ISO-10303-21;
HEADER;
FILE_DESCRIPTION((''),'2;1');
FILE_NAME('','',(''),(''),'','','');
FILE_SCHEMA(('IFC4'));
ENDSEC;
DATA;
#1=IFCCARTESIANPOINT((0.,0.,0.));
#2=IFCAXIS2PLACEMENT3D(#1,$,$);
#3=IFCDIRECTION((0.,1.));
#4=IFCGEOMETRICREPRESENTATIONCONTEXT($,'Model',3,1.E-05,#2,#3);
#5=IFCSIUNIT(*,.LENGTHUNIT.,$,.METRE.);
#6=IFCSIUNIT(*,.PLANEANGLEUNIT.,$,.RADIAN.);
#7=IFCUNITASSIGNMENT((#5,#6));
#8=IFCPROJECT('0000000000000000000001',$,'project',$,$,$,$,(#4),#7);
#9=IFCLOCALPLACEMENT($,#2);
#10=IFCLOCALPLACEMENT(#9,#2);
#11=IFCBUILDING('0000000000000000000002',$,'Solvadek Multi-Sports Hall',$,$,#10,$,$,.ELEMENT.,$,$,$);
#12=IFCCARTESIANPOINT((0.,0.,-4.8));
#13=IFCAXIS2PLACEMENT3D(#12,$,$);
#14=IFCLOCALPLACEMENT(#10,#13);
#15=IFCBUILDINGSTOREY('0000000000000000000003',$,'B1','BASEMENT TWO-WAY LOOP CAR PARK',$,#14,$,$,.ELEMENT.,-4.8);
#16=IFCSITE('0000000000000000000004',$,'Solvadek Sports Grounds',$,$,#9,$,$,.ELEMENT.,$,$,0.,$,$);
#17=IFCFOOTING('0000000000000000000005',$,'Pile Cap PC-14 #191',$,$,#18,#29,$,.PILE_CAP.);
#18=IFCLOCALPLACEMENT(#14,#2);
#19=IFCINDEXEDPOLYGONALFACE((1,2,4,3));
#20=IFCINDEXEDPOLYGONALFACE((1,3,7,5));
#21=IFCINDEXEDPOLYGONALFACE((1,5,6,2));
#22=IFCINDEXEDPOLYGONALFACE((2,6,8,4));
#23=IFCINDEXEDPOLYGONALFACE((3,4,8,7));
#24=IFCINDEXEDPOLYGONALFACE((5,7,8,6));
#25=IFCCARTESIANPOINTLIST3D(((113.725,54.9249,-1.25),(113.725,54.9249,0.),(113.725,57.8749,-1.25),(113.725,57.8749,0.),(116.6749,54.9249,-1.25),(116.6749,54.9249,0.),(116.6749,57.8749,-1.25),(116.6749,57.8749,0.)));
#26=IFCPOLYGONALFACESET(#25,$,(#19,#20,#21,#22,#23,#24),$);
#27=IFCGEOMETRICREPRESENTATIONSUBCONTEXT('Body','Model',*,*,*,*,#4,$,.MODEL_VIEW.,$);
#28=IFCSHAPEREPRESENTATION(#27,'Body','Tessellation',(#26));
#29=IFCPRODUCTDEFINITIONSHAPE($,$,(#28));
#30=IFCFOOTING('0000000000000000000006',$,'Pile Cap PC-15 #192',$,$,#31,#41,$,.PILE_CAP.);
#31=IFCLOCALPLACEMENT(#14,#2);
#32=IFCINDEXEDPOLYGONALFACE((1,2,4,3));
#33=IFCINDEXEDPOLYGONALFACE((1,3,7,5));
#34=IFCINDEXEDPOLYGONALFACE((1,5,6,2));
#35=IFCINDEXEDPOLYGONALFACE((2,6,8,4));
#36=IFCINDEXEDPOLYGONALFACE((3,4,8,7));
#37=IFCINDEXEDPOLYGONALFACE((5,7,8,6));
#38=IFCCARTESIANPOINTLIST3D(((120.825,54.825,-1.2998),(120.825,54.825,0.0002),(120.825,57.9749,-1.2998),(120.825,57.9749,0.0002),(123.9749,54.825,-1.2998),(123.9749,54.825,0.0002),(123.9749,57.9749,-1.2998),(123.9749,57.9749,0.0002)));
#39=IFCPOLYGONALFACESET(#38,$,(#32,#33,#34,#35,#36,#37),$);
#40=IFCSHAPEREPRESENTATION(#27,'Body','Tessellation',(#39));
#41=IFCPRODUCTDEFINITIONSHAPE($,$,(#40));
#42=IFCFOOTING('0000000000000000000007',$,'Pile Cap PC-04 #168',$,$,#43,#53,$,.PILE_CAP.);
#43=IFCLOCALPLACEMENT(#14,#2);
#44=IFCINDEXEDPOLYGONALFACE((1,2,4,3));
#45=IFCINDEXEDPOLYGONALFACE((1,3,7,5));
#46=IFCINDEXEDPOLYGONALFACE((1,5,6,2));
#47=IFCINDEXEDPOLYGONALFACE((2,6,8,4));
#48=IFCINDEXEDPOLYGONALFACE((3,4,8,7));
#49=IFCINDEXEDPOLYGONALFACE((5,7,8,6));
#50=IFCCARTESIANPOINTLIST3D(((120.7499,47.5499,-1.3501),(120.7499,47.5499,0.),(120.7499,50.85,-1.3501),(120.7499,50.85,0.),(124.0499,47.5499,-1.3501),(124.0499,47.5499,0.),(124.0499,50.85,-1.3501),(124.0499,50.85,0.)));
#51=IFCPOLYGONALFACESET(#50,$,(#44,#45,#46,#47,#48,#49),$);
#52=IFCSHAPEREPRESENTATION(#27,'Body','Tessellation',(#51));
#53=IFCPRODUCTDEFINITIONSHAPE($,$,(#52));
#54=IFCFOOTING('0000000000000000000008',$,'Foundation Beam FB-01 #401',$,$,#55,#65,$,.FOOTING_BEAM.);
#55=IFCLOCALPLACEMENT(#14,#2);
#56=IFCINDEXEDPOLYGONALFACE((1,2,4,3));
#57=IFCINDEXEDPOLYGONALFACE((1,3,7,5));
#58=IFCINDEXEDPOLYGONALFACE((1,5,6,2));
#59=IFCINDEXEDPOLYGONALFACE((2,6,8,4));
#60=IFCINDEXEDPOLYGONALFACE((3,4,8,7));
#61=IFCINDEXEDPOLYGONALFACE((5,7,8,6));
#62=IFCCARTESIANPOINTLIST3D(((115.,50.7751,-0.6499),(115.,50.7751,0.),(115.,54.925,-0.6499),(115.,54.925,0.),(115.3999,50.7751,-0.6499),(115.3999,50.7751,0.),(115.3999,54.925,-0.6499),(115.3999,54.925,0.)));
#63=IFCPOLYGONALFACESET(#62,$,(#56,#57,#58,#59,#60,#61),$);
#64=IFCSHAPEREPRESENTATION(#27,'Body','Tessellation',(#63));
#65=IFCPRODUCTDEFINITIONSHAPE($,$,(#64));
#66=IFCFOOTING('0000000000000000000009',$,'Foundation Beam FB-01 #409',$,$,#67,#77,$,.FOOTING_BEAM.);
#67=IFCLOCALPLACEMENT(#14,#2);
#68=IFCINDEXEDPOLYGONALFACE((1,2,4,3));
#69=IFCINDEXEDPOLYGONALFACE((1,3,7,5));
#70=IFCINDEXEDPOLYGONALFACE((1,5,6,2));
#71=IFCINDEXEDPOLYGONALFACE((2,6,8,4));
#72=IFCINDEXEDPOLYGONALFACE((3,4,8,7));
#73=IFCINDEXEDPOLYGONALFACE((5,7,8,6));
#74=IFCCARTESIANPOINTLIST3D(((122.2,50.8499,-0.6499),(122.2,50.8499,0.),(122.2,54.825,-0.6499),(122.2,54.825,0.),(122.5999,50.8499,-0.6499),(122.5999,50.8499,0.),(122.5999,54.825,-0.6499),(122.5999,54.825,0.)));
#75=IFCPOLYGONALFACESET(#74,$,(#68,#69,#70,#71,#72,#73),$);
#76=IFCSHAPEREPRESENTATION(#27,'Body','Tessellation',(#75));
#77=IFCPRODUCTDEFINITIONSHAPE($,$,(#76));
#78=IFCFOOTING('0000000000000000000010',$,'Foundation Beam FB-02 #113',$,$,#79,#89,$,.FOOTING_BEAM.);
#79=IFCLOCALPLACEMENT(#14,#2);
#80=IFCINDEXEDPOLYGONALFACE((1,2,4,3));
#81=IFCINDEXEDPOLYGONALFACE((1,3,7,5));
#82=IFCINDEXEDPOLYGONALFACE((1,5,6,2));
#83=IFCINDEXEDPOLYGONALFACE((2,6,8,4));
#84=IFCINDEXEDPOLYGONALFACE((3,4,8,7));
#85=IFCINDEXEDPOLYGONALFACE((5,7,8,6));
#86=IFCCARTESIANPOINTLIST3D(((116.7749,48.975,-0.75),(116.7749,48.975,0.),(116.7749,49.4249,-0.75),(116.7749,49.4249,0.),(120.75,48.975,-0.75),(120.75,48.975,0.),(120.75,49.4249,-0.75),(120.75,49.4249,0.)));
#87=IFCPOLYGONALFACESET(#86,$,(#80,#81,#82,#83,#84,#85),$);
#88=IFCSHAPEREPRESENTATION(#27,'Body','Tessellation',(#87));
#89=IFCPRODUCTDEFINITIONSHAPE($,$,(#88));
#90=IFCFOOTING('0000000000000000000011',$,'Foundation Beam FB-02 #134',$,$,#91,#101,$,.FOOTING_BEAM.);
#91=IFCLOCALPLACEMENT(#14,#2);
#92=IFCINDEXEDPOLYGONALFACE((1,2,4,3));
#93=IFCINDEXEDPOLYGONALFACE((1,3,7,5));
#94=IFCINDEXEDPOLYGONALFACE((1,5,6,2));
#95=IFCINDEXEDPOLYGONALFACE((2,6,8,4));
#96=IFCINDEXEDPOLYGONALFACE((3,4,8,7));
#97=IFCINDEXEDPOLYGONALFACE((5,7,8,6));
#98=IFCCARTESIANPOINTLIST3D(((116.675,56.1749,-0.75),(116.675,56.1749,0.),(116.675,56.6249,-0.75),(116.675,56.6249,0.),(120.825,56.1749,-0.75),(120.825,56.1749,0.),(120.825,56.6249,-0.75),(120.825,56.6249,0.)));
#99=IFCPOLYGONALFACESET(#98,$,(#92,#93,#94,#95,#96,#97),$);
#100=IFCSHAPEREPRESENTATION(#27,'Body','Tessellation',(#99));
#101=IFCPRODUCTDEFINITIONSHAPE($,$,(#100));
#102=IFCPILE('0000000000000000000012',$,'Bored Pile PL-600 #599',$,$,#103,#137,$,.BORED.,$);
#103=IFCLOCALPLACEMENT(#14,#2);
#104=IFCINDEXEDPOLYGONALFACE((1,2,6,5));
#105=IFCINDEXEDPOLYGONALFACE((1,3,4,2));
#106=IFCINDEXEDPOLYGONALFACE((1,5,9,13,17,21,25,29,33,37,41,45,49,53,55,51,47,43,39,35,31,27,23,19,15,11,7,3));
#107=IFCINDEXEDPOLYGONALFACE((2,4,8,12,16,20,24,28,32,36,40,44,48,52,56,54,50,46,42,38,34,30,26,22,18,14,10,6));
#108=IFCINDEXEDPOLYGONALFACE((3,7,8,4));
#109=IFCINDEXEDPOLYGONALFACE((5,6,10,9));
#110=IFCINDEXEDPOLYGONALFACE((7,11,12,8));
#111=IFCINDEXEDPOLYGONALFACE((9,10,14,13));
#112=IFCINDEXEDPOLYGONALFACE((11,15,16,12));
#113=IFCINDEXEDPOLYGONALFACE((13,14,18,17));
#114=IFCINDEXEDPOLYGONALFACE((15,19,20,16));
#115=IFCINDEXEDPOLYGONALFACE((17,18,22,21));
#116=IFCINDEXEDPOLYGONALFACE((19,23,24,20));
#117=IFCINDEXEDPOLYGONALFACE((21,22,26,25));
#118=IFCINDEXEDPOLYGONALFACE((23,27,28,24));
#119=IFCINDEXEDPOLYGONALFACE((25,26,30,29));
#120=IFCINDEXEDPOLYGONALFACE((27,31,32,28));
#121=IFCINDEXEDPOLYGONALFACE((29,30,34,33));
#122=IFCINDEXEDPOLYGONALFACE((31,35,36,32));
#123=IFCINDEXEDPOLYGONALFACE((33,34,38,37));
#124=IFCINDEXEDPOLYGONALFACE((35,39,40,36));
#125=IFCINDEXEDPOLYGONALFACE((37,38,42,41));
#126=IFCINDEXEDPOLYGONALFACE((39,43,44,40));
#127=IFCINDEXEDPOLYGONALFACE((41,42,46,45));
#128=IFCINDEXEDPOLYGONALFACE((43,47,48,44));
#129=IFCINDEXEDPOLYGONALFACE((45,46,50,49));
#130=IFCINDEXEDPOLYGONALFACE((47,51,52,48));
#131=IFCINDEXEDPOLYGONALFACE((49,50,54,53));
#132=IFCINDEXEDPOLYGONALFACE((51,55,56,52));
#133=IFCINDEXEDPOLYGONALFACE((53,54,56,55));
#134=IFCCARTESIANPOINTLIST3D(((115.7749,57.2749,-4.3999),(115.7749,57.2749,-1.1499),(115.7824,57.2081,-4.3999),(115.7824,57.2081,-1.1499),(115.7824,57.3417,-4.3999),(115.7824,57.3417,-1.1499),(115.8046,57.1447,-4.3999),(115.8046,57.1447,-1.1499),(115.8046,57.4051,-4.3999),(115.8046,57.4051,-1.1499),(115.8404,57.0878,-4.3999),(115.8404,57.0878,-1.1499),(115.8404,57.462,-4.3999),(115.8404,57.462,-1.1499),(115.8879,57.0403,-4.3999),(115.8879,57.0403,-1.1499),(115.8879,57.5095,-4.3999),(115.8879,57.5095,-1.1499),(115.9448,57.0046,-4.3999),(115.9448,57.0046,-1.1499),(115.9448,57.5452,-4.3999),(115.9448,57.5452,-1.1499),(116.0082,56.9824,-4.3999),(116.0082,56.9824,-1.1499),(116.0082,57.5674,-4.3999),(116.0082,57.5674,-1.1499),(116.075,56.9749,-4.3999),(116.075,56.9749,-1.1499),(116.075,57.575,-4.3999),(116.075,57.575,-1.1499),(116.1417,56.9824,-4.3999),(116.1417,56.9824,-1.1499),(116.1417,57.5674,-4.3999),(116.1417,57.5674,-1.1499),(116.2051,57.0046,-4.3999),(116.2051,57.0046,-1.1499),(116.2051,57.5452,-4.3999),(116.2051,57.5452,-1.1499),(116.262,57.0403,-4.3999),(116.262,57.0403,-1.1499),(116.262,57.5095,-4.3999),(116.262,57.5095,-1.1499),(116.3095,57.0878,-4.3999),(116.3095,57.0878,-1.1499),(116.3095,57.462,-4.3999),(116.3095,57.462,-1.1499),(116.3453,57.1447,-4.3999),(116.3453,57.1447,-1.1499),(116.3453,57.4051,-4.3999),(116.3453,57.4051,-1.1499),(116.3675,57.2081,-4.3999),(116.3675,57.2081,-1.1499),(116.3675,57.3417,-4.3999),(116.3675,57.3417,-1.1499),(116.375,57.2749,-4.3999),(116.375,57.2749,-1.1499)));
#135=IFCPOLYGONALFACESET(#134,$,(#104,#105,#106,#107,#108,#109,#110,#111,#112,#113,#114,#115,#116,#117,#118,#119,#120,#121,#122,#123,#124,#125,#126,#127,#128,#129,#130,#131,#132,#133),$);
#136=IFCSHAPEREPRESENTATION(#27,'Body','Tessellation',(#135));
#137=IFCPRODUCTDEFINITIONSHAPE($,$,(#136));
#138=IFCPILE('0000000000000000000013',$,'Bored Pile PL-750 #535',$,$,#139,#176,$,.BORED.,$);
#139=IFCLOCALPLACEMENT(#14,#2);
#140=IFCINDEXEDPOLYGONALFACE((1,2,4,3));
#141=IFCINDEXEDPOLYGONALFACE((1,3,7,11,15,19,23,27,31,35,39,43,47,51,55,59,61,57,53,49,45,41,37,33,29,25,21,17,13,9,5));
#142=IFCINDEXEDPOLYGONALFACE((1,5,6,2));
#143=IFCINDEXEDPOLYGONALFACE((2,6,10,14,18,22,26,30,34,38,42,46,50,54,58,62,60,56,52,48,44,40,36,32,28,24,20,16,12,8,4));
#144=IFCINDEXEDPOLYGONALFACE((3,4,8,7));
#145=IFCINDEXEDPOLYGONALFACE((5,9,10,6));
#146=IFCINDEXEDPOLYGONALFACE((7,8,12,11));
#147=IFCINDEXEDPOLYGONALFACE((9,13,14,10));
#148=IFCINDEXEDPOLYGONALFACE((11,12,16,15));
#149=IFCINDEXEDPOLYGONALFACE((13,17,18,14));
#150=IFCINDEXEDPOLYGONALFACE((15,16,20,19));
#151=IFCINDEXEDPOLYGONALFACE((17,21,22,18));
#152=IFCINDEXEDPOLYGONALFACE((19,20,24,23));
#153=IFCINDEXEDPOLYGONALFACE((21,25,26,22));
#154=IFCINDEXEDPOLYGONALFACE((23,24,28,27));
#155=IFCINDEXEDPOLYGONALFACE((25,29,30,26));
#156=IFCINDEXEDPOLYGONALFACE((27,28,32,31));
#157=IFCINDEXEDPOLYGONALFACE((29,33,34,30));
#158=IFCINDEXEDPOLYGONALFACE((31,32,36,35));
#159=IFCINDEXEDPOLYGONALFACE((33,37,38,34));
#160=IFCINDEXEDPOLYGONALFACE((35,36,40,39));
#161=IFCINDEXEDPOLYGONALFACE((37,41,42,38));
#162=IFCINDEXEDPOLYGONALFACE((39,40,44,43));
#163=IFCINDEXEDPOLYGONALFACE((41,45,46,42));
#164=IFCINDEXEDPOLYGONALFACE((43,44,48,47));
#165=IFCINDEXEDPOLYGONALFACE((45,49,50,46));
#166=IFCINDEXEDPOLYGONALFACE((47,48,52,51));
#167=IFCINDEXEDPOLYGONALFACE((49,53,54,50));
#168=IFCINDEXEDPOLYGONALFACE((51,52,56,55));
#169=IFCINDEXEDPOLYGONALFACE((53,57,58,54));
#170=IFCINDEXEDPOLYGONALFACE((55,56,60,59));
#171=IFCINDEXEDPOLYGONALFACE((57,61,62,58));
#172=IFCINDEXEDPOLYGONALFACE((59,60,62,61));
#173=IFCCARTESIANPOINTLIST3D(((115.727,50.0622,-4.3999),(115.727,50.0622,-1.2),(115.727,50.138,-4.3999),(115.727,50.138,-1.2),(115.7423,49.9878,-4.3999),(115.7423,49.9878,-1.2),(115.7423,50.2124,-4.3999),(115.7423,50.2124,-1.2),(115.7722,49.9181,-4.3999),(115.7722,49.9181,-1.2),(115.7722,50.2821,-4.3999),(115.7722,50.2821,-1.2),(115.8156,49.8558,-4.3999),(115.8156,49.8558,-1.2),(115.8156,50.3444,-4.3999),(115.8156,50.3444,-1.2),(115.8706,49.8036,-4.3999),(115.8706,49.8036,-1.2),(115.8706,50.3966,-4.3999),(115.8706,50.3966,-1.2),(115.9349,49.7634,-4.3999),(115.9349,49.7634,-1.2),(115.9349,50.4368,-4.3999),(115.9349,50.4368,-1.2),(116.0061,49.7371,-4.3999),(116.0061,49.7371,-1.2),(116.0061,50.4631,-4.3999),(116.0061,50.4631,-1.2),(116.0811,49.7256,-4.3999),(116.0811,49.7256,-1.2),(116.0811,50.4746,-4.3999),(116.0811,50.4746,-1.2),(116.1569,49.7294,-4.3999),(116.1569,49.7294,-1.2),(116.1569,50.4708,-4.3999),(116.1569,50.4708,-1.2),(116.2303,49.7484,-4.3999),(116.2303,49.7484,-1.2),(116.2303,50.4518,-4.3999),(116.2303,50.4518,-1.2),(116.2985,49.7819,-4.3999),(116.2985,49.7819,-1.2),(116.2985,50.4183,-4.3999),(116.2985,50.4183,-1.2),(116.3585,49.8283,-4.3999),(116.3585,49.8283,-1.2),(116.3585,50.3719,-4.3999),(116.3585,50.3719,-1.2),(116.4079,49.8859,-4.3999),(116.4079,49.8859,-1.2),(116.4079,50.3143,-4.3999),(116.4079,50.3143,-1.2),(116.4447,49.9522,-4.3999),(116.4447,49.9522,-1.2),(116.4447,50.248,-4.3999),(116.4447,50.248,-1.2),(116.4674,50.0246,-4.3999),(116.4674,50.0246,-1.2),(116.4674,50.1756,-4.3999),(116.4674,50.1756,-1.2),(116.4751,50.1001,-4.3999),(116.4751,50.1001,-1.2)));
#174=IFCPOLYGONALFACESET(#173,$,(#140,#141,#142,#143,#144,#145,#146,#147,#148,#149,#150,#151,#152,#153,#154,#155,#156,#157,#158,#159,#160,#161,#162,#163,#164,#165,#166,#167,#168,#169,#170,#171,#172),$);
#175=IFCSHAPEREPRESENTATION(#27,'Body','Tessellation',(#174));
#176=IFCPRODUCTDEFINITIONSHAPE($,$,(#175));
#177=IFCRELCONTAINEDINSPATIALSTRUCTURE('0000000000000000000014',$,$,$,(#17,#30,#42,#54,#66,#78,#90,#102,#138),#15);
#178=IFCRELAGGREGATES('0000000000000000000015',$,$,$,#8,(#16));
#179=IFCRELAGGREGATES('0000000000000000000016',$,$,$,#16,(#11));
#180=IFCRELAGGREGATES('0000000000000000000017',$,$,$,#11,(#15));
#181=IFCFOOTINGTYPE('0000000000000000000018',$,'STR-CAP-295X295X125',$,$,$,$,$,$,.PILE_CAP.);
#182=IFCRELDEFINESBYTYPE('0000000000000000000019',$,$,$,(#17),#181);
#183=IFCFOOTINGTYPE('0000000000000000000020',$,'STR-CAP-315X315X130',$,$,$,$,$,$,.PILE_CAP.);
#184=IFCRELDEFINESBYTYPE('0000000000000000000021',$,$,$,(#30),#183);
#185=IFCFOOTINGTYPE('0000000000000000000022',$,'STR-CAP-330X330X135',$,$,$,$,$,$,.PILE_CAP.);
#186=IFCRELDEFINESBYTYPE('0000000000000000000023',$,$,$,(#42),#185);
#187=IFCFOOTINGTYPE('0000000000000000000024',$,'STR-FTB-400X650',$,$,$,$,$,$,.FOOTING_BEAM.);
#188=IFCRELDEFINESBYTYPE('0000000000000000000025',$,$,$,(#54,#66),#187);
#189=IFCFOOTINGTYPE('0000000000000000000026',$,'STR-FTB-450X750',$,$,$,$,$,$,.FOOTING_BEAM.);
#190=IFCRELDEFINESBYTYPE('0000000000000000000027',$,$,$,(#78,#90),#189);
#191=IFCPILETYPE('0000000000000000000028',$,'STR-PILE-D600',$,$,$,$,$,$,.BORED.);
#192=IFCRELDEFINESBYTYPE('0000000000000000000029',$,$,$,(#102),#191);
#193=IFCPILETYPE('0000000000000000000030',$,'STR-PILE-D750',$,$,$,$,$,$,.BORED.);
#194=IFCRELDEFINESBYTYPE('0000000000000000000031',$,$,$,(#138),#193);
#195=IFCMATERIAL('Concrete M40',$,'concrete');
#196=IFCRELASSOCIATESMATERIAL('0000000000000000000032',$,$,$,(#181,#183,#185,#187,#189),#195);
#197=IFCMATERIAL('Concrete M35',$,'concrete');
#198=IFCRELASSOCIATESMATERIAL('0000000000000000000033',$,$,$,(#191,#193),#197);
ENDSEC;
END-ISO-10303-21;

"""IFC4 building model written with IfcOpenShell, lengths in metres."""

from ifc_helpers import new_model, si_unit, direction, frame, origin, origin_2d, place, context, subcontext, project, spatial, rectangle, circle, extrude, material, material_profile, profile_set, type_object, element, save


model = new_model("IFC4")

# Units and contexts
model_context = context("Model", 3, precision=1e-05, world=origin(), true_north=direction((0.0, 1.0)))
body_context = subcontext(model_context, "Body", "Model", "MODEL_VIEW")
ifc_project = project(units=[si_unit("LENGTHUNIT", "METRE"), si_unit("PLANEANGLEUNIT", "RADIAN")], contexts=[model_context])

# Site, building, storey
site_placement = place(None, origin())
site = spatial("IfcSite", under=ifc_project, at=site_placement, Name="Solvadek Sports Grounds", CompositionType="ELEMENT", RefElevation=0.0)
building_placement = place(site_placement, origin())
building = spatial("IfcBuilding", under=site, at=building_placement, Name="Solvadek Multi-Sports Hall", CompositionType="ELEMENT")
storey_placement = place(building_placement, frame((0.0, 0.0, -4.8)))
storey = spatial("IfcBuildingStorey", under=building, at=storey_placement, Name="B1", Description="BASEMENT TWO-WAY LOOP CAR PARK", CompositionType="ELEMENT", Elevation=-4.8)

# Footings
ifc_material_1 = material(Name="Concrete M40", Category="concrete")
footing_type_1 = type_object("IfcFootingType", Name="STR-CAP-295X295X125", PredefinedType="PILE_CAP", material=ifc_material_1)
footing_1_placement = place(storey_placement, frame((115.2, 56.3999, -1.25), z_axis=(0.0, 0.0, 1.0), x_axis=(1.0, 0.0, 0.0)))
element("IfcFooting", 1, at=footing_1_placement, inside=storey, type_object=footing_type_1, Name="Pile Cap PC-14 #191", PredefinedType="PILE_CAP", context=body_context, shape_type="SweptSolid", body=[
    extrude(rectangle(XDim=2.95, YDim=2.95, at=origin_2d()), origin(), (0.0, 0.0, 1.0), 1.25),
])
footing_type_2 = type_object("IfcFootingType", Name="STR-CAP-315X315X130", PredefinedType="PILE_CAP", material=ifc_material_1)
footing_2_placement = place(storey_placement, frame((122.3999, 56.3999, -1.2998), z_axis=(0.0, 0.0, 1.0), x_axis=(1.0, 0.0, 0.0)))
element("IfcFooting", 2, at=footing_2_placement, inside=storey, type_object=footing_type_2, Name="Pile Cap PC-15 #192", PredefinedType="PILE_CAP", context=body_context, shape_type="SweptSolid", body=[
    extrude(rectangle(XDim=3.1499, YDim=3.1499, at=origin_2d()), origin(), (0.0, 0.0, 1.0), 1.3),
])
footing_type_3 = type_object("IfcFootingType", Name="STR-CAP-330X330X135", PredefinedType="PILE_CAP", material=ifc_material_1)
footing_3_placement = place(storey_placement, frame((122.3999, 49.2, -1.3501), z_axis=(0.0, 0.0, 1.0), x_axis=(1.0, 0.0, 0.0)))
element("IfcFooting", 3, at=footing_3_placement, inside=storey, type_object=footing_type_3, Name="Pile Cap PC-04 #168", PredefinedType="PILE_CAP", context=body_context, shape_type="SweptSolid", body=[
    extrude(rectangle(XDim=3.3, YDim=3.3, at=origin_2d()), origin(), (0.0, 0.0, 1.0), 1.3501),
])
footing_type_4 = type_object("IfcFootingType", Name="STR-FTB-400X650", PredefinedType="FOOTING_BEAM", material=ifc_material_1)
footing_4_placement = place(storey_placement, frame((115.2, 52.8501, -0.6499), z_axis=(0.0, 0.0, 1.0), x_axis=(0.0, 1.0, 0.0)))
element("IfcFooting", 4, at=footing_4_placement, inside=storey, type_object=footing_type_4, Name="Foundation Beam FB-01 #401", PredefinedType="FOOTING_BEAM", context=body_context, shape_type="SweptSolid", body=[
    extrude(rectangle(XDim=4.1499, YDim=0.3999, at=origin_2d()), origin(), (0.0, 0.0, 1.0), 0.6499),
])
footing_5_placement = place(storey_placement, frame((122.3999, 52.8374, -0.6499), z_axis=(0.0, 0.0, 1.0), x_axis=(0.0, 1.0, 0.0)))
element("IfcFooting", 5, at=footing_5_placement, inside=storey, type_object=footing_type_4, Name="Foundation Beam FB-01 #409", PredefinedType="FOOTING_BEAM", context=body_context, shape_type="SweptSolid", body=[
    extrude(rectangle(XDim=3.9751, YDim=0.3999, at=origin_2d()), origin(), (0.0, 0.0, 1.0), 0.6499),
])
footing_type_5 = type_object("IfcFootingType", Name="STR-FTB-450X750", PredefinedType="FOOTING_BEAM", material=ifc_material_1)
footing_6_placement = place(storey_placement, frame((118.7625, 49.2, -0.75), z_axis=(0.0, 0.0, 1.0), x_axis=(1.0, 0.0, 0.0)))
element("IfcFooting", 6, at=footing_6_placement, inside=storey, type_object=footing_type_5, Name="Foundation Beam FB-02 #113", PredefinedType="FOOTING_BEAM", context=body_context, shape_type="SweptSolid", body=[
    extrude(rectangle(XDim=3.9751, YDim=0.45, at=origin_2d()), origin(), (0.0, 0.0, 1.0), 0.75),
])
footing_7_placement = place(storey_placement, frame((118.75, 56.3999, -0.75), z_axis=(0.0, 0.0, 1.0), x_axis=(1.0, 0.0, 0.0)))
element("IfcFooting", 7, at=footing_7_placement, inside=storey, type_object=footing_type_5, Name="Foundation Beam FB-02 #134", PredefinedType="FOOTING_BEAM", context=body_context, shape_type="SweptSolid", body=[
    extrude(rectangle(XDim=4.1499, YDim=0.45, at=origin_2d()), origin(), (0.0, 0.0, 1.0), 0.75),
])

# Piles
ifc_material_2 = material(Name="Concrete M35", Category="concrete")
ifc_material_profile_1 = material_profile(ifc_material_2, circle(Radius=0.3, at=origin_2d()), Name="BORED PILE D600")
ifc_profile_set_1 = profile_set([ifc_material_profile_1], Name="Concrete M35")
pile_type_1 = type_object("IfcPileType", Name="STR-PILE-D600", PredefinedType="BORED", material=ifc_profile_set_1)
pile_1_placement = place(storey_placement, frame((116.075, 57.2749, -1.1499), z_axis=(0.0, 0.0, -1.0), x_axis=(1.0, 0.0, 0.0)))
element("IfcPile", 8, at=pile_1_placement, inside=storey, type_object=pile_type_1, Name="Bored Pile PL-600 #599", PredefinedType="BORED", context=body_context, shape_type="SweptSolid", body=[
    extrude(circle(Radius=0.3, at=origin_2d()), origin(), (0.0, 0.0, 1.0), 3.25),
])
ifc_material_profile_2 = material_profile(ifc_material_2, circle(Radius=0.375, at=origin_2d()), Name="BORED PILE D750")
ifc_profile_set_2 = profile_set([ifc_material_profile_2], Name="Concrete M35")
pile_type_2 = type_object("IfcPileType", Name="STR-PILE-D750", PredefinedType="BORED", material=ifc_profile_set_2)
pile_2_placement = place(storey_placement, frame((116.1001, 50.1001, -1.2), z_axis=(0.0, 0.0, -1.0), x_axis=(1.0, 0.0, 0.0)))
element("IfcPile", 9, at=pile_2_placement, inside=storey, type_object=pile_type_2, Name="Bored Pile PL-750 #535", PredefinedType="BORED", context=body_context, shape_type="SweptSolid", body=[
    extrude(circle(Radius=0.375, at=origin_2d()), origin(), (0.0, 0.0, 1.0), 3.2),
])

save(model, "model.ifc")
